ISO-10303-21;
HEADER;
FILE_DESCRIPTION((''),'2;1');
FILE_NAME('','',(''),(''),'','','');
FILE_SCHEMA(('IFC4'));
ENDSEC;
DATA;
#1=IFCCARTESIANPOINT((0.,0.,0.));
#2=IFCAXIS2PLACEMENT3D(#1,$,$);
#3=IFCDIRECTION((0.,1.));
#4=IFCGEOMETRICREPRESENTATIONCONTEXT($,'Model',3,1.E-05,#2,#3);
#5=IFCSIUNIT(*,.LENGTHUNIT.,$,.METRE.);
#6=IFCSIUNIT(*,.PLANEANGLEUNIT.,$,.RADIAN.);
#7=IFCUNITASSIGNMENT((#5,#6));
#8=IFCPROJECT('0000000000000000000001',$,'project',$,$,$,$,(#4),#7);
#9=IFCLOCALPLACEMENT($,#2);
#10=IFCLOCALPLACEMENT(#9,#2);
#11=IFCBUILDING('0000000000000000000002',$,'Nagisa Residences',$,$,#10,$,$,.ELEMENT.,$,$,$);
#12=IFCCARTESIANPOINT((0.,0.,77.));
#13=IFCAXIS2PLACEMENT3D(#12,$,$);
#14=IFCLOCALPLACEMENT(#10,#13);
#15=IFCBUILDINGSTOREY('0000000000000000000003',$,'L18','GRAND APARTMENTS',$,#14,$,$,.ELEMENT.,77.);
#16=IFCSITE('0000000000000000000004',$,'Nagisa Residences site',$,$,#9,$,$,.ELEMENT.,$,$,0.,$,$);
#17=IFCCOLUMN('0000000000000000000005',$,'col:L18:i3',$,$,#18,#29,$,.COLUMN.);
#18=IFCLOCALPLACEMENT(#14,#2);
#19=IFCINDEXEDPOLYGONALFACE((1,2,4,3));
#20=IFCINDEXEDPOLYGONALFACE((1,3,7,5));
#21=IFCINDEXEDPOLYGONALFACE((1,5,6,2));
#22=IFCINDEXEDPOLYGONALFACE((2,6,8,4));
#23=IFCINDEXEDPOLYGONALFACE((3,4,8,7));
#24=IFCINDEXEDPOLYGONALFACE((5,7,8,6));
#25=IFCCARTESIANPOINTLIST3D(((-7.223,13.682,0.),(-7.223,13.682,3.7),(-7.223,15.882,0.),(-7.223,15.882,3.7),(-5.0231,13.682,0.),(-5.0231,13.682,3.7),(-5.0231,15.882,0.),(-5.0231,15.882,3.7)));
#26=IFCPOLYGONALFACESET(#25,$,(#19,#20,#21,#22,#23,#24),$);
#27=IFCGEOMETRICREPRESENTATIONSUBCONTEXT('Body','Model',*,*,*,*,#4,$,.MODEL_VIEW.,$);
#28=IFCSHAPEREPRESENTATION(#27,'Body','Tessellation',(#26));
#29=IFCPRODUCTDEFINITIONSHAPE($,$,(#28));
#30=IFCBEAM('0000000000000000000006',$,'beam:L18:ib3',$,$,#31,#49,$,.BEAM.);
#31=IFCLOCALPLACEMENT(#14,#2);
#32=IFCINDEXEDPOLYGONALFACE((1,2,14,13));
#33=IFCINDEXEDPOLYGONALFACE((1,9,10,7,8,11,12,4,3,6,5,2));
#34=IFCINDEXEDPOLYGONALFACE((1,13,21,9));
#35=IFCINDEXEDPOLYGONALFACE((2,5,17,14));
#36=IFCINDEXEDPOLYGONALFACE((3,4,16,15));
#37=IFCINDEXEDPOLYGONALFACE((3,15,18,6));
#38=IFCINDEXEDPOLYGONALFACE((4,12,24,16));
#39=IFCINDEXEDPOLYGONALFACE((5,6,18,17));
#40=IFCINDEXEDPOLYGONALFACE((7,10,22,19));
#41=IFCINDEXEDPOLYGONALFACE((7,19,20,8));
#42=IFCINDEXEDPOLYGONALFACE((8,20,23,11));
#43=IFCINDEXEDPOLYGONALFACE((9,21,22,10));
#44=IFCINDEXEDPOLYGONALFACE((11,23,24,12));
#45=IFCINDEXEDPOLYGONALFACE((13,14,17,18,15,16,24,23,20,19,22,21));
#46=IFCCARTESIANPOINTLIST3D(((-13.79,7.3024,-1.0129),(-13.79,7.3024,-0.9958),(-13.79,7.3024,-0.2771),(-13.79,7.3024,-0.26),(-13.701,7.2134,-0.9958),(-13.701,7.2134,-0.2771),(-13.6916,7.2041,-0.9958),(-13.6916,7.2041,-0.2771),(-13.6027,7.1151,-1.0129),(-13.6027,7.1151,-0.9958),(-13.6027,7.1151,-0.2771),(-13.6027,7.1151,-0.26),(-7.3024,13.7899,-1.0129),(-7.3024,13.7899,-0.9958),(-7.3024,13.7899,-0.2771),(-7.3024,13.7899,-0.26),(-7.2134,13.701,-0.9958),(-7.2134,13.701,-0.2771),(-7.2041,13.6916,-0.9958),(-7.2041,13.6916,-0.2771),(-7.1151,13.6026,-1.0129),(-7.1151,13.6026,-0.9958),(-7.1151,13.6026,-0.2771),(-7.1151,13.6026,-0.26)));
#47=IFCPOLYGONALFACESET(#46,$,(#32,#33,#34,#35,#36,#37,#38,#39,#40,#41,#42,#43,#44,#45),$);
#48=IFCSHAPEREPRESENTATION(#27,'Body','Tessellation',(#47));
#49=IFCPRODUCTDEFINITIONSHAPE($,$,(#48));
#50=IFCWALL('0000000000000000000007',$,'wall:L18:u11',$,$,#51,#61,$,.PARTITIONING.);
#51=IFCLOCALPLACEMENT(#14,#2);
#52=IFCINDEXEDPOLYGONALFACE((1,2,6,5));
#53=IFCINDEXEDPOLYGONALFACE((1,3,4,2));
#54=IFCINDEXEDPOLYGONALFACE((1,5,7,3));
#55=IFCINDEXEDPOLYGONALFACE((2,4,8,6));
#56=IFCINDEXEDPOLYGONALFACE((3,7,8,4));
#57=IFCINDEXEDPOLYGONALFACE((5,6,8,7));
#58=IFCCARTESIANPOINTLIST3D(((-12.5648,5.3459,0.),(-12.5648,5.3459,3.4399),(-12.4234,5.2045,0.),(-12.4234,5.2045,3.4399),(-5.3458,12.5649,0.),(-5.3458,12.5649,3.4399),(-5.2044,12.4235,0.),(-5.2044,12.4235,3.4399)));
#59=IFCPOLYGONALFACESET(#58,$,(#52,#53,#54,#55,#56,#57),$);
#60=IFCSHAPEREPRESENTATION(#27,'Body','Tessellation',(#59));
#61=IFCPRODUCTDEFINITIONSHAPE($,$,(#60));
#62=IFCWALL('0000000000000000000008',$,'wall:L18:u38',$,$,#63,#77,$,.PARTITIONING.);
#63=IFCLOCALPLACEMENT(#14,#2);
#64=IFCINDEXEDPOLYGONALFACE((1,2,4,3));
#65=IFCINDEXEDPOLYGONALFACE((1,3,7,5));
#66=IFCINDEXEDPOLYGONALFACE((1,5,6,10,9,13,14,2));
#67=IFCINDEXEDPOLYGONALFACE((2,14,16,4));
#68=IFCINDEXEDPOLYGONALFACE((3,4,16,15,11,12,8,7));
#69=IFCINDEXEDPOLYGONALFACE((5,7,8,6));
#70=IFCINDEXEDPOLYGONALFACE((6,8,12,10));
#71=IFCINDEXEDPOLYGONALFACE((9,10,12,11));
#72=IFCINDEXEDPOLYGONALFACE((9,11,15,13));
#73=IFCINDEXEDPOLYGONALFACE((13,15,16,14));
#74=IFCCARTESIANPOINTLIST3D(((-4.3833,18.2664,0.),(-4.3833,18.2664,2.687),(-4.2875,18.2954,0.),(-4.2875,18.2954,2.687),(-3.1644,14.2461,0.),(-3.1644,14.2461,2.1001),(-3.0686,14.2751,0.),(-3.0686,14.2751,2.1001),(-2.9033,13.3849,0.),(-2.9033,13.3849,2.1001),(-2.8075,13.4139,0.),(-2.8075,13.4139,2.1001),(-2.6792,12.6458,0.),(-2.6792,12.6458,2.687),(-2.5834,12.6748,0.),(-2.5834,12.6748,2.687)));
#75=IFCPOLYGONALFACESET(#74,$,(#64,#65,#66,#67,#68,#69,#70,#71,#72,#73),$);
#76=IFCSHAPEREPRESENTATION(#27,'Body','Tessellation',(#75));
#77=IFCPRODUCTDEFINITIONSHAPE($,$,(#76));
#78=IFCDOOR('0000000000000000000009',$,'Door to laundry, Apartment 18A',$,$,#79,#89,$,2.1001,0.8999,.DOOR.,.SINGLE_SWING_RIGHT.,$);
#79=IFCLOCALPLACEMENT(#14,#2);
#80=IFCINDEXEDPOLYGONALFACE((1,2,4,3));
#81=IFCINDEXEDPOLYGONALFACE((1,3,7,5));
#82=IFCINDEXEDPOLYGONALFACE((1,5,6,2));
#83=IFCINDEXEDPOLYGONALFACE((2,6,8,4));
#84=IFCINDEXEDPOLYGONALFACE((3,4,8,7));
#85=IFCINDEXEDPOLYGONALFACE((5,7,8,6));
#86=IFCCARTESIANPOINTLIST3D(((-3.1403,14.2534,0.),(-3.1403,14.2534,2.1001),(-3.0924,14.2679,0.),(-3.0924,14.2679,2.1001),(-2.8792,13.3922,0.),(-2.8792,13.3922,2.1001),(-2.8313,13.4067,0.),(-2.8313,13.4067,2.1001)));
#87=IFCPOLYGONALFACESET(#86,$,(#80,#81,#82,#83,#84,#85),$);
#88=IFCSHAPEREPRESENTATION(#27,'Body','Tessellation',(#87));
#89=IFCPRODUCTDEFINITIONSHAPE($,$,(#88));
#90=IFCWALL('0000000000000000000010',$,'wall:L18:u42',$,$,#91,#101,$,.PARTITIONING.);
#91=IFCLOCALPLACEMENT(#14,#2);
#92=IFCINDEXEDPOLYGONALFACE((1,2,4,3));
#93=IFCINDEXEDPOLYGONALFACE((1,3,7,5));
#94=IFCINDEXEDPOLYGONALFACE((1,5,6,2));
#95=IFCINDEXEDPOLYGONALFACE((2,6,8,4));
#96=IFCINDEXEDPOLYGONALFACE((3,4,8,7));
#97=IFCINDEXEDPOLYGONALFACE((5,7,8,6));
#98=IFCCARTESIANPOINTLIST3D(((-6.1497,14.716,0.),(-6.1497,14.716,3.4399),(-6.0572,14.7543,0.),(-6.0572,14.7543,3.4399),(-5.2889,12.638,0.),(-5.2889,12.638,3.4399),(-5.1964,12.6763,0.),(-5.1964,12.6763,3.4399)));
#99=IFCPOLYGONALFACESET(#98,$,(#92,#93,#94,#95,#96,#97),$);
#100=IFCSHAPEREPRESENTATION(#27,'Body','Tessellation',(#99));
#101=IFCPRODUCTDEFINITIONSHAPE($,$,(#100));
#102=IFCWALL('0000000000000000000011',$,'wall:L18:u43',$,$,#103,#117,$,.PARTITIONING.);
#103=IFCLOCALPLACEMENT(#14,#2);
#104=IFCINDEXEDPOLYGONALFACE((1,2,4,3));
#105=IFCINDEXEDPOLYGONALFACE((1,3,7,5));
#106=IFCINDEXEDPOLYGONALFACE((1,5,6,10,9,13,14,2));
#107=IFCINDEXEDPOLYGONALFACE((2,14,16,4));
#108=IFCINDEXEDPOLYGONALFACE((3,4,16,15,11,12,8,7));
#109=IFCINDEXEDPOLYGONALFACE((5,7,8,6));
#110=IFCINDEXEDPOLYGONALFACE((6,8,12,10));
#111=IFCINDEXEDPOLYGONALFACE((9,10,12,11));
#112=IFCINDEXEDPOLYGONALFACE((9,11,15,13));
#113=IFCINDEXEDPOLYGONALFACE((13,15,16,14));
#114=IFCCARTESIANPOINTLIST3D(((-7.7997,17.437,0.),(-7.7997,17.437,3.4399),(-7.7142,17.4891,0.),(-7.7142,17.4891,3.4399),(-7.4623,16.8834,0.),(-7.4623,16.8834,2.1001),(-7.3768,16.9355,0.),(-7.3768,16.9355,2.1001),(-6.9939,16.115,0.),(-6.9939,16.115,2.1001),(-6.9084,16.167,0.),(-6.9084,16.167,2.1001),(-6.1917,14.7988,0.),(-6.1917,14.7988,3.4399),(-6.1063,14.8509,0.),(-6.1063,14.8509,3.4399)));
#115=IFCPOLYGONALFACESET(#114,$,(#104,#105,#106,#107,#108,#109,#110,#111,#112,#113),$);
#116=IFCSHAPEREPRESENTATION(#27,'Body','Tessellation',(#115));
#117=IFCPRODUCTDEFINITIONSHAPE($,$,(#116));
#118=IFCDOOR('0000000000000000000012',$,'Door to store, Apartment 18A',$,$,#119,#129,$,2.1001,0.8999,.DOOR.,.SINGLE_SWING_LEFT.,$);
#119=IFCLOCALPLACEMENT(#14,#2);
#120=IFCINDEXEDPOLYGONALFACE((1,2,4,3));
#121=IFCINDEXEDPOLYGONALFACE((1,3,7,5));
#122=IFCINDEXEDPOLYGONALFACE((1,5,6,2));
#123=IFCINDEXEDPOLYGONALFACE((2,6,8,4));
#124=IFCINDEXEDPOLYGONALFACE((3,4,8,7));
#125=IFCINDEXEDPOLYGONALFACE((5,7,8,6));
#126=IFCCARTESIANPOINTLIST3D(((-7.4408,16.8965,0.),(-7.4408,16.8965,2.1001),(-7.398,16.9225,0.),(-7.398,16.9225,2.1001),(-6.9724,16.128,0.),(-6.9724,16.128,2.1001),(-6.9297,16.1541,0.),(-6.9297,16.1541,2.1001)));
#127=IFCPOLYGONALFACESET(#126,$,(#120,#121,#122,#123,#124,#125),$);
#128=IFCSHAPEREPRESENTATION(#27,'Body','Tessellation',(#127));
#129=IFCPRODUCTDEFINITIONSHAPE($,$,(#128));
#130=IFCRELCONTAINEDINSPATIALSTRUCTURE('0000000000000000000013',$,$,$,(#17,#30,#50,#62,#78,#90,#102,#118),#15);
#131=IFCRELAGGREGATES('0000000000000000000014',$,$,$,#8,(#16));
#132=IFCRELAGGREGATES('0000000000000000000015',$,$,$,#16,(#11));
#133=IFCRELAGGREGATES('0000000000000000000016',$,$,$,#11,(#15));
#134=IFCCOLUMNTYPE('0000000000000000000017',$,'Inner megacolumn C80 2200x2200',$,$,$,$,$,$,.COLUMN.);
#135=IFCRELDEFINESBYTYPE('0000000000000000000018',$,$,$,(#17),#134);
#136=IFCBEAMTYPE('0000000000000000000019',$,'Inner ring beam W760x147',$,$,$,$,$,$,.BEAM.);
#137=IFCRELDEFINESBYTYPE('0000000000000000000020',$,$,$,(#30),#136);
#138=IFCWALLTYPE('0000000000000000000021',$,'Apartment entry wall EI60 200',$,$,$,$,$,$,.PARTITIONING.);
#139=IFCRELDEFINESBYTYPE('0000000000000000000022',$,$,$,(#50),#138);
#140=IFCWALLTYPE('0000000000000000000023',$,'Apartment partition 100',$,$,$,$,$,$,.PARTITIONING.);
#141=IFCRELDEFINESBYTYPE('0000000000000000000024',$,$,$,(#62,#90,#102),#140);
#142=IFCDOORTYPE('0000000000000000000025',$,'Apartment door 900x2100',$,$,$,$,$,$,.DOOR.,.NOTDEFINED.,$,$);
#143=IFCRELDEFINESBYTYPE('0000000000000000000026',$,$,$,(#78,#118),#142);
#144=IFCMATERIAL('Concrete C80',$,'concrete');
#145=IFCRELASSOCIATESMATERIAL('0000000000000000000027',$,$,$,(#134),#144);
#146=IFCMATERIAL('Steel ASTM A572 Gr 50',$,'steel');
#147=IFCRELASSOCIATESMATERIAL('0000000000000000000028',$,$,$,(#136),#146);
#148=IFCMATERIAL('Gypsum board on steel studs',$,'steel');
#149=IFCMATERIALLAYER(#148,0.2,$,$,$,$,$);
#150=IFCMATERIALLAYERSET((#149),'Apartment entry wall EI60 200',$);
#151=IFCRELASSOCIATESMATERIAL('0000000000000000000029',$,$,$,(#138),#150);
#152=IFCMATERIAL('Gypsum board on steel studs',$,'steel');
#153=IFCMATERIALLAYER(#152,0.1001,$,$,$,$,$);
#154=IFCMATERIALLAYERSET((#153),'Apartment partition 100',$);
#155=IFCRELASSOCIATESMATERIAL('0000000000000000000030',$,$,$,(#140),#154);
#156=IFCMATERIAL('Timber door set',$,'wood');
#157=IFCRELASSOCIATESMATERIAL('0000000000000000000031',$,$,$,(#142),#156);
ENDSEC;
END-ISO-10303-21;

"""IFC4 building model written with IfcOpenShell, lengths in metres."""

from ifc_helpers import new_model, si_unit, direction, frame, frame_2d, origin, origin_2d, place, context, subcontext, project, spatial, rectangle, i_section, extrude, material, layer, layer_set, material_profile, profile_set, type_object, element, fill, save


model = new_model("IFC4")

# Units and contexts
model_context = context("Model", 3, precision=1e-05, world=origin(), true_north=direction((0.0, 1.0)))
body_context = subcontext(model_context, "Body", "Model", "MODEL_VIEW")
ifc_project = project(units=[si_unit("LENGTHUNIT", "METRE"), si_unit("PLANEANGLEUNIT", "RADIAN")], contexts=[model_context])

# Site, building, storey
site_placement = place(None, origin())
site = spatial("IfcSite", under=ifc_project, at=site_placement, Name="Nagisa Residences site", CompositionType="ELEMENT", RefElevation=0.0)
building_placement = place(site_placement, origin())
building = spatial("IfcBuilding", under=site, at=building_placement, Name="Nagisa Residences", CompositionType="ELEMENT")
storey_placement = place(building_placement, frame((0.0, 0.0, 77.0)))
storey = spatial("IfcBuildingStorey", under=building, at=storey_placement, Name="L18", Description="GRAND APARTMENTS", CompositionType="ELEMENT", Elevation=77.0)

# Column
ifc_material_1 = material(Name="Concrete C80", Category="concrete")
ifc_material_profile_1 = material_profile(ifc_material_1, rectangle(XDim=2.2, YDim=2.2, at=origin_2d()), Name="C80 2200x2200")
ifc_profile_set_1 = profile_set([ifc_material_profile_1], Name="Concrete C80")
column_type = type_object("IfcColumnType", Name="Inner megacolumn C80 2200x2200", PredefinedType="COLUMN", material=ifc_profile_set_1)
column_placement = place(storey_placement, frame((-6.123, 14.782, 0.0), z_axis=(0.0, 0.0, 1.0), x_axis=(1.0, 0.0, 0.0)))
element("IfcColumn", 1, at=column_placement, inside=storey, type_object=column_type, Name="col:L18:i3", PredefinedType="COLUMN", context=body_context, shape_type="SweptSolid", body=[
    extrude(rectangle(XDim=2.2, YDim=2.2, at=origin_2d()), origin(), (0.0, 0.0, 1.0), 3.7),
])

# Beam
ifc_material_2 = material(Name="Steel ASTM A572 Gr 50", Category="steel")
ifc_material_profile_2 = material_profile(ifc_material_2, i_section(OverallWidth=0.2649, OverallDepth=0.7529, WebThickness=0.0132, FlangeThickness=0.0171, at=origin_2d()), Name="W760x147")
ifc_profile_set_2 = profile_set([ifc_material_profile_2], Name="Steel ASTM A572 Gr 50")
beam_type = type_object("IfcBeamType", Name="Inner ring beam W760x147", PredefinedType="BEAM", material=ifc_profile_set_2)
beam_placement = place(storey_placement, frame((-7.2087, 13.6963, -0.6365), z_axis=(-0.707107, -0.707107, 0.0), x_axis=(0.707107, -0.707107, 0.0)))
element("IfcBeam", 2, at=beam_placement, inside=storey, type_object=beam_type, Name="beam:L18:ib3", PredefinedType="BEAM", context=body_context, shape_type="SweptSolid", body=[
    extrude(i_section(OverallWidth=0.2649, OverallDepth=0.7529, WebThickness=0.0132, FlangeThickness=0.0171, at=origin_2d()), origin(), (0.0, 0.0, 1.0), 9.1748),
])

# Wall
ifc_material_3 = material(Name="Gypsum board on steel studs", Category="steel")
ifc_layer_1 = layer(ifc_material_3, 0.2)
ifc_layer_set_1 = layer_set([ifc_layer_1], Name="Apartment entry wall EI60 200")
wall_type_1 = type_object("IfcWallType", Name="Apartment entry wall EI60 200", PredefinedType="PARTITIONING", material=ifc_layer_set_1)
wall_1_placement = place(storey_placement, frame((-5.2751, 12.4941, 0.0), z_axis=(0.0, 0.0, 1.0), x_axis=(-0.707107, -0.707107, 0.0)))
element("IfcWall", 3, at=wall_1_placement, inside=storey, type_object=wall_type_1, Name="wall:L18:u11", PredefinedType="PARTITIONING", context=body_context, shape_type="SweptSolid", body=[
    extrude(rectangle(XDim=10.2092, YDim=0.2, at=frame_2d((5.1045, 0.0))), origin(), (0.0, 0.0, 1.0), 3.4399),
])

# Wall, opening, door
ifc_material_4 = material(Name="Gypsum board on steel studs", Category="steel")
ifc_layer_2 = layer(ifc_material_4, 0.1001)
ifc_layer_set_2 = layer_set([ifc_layer_2], Name="Apartment partition 100")
wall_type_2 = type_object("IfcWallType", Name="Apartment partition 100", PredefinedType="PARTITIONING", material=ifc_layer_set_2)
wall_2_placement = place(storey_placement, frame((-2.6313, 12.6604, 0.0), z_axis=(0.0, 0.0, 1.0), x_axis=(-0.290146, 0.956982, 0.0)))
wall_2 = element("IfcWall", 4, at=wall_2_placement, inside=storey, type_object=wall_type_2, Name="wall:L18:u38", PredefinedType="PARTITIONING", context=body_context, shape_type="SweptSolid", body=[
    extrude(rectangle(XDim=5.8733, YDim=0.1001, at=frame_2d((2.9365, 0.0))), origin(), (0.0, 0.0, 1.0), 2.687),
])
opening_1_placement = place(wall_2_placement, frame((0.7722, 0.0, 0.0)))
opening_1 = element("IfcOpeningElement", 5, at=opening_1_placement, cuts=wall_2, PredefinedType="OPENING", context=body_context, shape_type="SweptSolid", body=[
    extrude(rectangle(XDim=0.8999, YDim=2.1001, at=frame_2d((0.45, 1.05))), frame((0.0, 0.0601, 0.0), z_axis=(0.0, -1.0, 0.0), x_axis=(1.0, 0.0, 0.0)), (0.0, 0.0, 1.0), 0.1201),
])
ifc_material_5 = material(Name="Timber door set", Category="wood")
door_type_1 = type_object("IfcDoorType", Name="Apartment door 900x2100", OperationType="NOTDEFINED", PredefinedType="DOOR", material=ifc_material_5)
door_1_placement = place(opening_1_placement, origin())
door_1 = element("IfcDoor", 6, at=door_1_placement, inside=storey, type_object=door_type_1, Name="Door to laundry, Apartment 18A", OperationType="SINGLE_SWING_RIGHT", OverallHeight=2.1001, OverallWidth=0.8999, PredefinedType="DOOR", context=body_context, shape_type="SweptSolid", body=[
    extrude(rectangle(XDim=0.8999, YDim=2.1001, at=frame_2d((0.45, 1.05))), frame((0.0, 0.0249, 0.0), z_axis=(0.0, -1.0, 0.0), x_axis=(1.0, 0.0, 0.0)), (0.0, 0.0, 1.0), 0.05),
])
fill(opening_1, door_1)

# Wall
wall_3_placement = place(storey_placement, frame((-5.2427, 12.6572, 0.0), z_axis=(0.0, 0.0, 1.0), x_axis=(-0.382703, 0.923871, 0.0)))
element("IfcWall", 7, at=wall_3_placement, inside=storey, type_object=wall_type_2, Name="wall:L18:u42", PredefinedType="PARTITIONING", context=body_context, shape_type="SweptSolid", body=[
    extrude(rectangle(XDim=2.2493, YDim=0.1001, at=frame_2d((1.1245, 0.0))), origin(), (0.0, 0.0, 1.0), 3.4399),
])

# Wall, opening, door
wall_4_placement = place(storey_placement, frame((-6.1489, 14.8247, 0.0), z_axis=(0.0, 0.0, 1.0), x_axis=(-0.520433, 0.853902, 0.0)))
wall_4 = element("IfcWall", 8, at=wall_4_placement, inside=storey, type_object=wall_type_2, Name="wall:L18:u43", PredefinedType="PARTITIONING", context=body_context, shape_type="SweptSolid", body=[
    extrude(rectangle(XDim=3.0896, YDim=0.1001, at=frame_2d((1.5449, 0.0))), origin(), (0.0, 0.0, 1.0), 3.4399),
])
opening_2_placement = place(wall_4_placement, frame((1.5415, 0.0, 0.0)))
opening_2 = element("IfcOpeningElement", 9, at=opening_2_placement, cuts=wall_4, PredefinedType="OPENING", context=body_context, shape_type="SweptSolid", body=[
    extrude(rectangle(XDim=0.8999, YDim=2.1001, at=frame_2d((0.45, 1.05))), frame((0.0, 0.0601, 0.0), z_axis=(0.0, -1.0, 0.0), x_axis=(1.0, 0.0, 0.0)), (0.0, 0.0, 1.0), 0.1201),
])
door_2_placement = place(opening_2_placement, origin())
door_2 = element("IfcDoor", 10, at=door_2_placement, inside=storey, type_object=door_type_1, Name="Door to store, Apartment 18A", OperationType="SINGLE_SWING_LEFT", OverallHeight=2.1001, OverallWidth=0.8999, PredefinedType="DOOR", context=body_context, shape_type="SweptSolid", body=[
    extrude(rectangle(XDim=0.8999, YDim=2.1001, at=frame_2d((0.45, 1.05))), frame((0.0, 0.0249, 0.0), z_axis=(0.0, -1.0, 0.0), x_axis=(1.0, 0.0, 0.0)), (0.0, 0.0, 1.0), 0.05),
])
fill(opening_2, door_2)

save(model, "model.ifc")
